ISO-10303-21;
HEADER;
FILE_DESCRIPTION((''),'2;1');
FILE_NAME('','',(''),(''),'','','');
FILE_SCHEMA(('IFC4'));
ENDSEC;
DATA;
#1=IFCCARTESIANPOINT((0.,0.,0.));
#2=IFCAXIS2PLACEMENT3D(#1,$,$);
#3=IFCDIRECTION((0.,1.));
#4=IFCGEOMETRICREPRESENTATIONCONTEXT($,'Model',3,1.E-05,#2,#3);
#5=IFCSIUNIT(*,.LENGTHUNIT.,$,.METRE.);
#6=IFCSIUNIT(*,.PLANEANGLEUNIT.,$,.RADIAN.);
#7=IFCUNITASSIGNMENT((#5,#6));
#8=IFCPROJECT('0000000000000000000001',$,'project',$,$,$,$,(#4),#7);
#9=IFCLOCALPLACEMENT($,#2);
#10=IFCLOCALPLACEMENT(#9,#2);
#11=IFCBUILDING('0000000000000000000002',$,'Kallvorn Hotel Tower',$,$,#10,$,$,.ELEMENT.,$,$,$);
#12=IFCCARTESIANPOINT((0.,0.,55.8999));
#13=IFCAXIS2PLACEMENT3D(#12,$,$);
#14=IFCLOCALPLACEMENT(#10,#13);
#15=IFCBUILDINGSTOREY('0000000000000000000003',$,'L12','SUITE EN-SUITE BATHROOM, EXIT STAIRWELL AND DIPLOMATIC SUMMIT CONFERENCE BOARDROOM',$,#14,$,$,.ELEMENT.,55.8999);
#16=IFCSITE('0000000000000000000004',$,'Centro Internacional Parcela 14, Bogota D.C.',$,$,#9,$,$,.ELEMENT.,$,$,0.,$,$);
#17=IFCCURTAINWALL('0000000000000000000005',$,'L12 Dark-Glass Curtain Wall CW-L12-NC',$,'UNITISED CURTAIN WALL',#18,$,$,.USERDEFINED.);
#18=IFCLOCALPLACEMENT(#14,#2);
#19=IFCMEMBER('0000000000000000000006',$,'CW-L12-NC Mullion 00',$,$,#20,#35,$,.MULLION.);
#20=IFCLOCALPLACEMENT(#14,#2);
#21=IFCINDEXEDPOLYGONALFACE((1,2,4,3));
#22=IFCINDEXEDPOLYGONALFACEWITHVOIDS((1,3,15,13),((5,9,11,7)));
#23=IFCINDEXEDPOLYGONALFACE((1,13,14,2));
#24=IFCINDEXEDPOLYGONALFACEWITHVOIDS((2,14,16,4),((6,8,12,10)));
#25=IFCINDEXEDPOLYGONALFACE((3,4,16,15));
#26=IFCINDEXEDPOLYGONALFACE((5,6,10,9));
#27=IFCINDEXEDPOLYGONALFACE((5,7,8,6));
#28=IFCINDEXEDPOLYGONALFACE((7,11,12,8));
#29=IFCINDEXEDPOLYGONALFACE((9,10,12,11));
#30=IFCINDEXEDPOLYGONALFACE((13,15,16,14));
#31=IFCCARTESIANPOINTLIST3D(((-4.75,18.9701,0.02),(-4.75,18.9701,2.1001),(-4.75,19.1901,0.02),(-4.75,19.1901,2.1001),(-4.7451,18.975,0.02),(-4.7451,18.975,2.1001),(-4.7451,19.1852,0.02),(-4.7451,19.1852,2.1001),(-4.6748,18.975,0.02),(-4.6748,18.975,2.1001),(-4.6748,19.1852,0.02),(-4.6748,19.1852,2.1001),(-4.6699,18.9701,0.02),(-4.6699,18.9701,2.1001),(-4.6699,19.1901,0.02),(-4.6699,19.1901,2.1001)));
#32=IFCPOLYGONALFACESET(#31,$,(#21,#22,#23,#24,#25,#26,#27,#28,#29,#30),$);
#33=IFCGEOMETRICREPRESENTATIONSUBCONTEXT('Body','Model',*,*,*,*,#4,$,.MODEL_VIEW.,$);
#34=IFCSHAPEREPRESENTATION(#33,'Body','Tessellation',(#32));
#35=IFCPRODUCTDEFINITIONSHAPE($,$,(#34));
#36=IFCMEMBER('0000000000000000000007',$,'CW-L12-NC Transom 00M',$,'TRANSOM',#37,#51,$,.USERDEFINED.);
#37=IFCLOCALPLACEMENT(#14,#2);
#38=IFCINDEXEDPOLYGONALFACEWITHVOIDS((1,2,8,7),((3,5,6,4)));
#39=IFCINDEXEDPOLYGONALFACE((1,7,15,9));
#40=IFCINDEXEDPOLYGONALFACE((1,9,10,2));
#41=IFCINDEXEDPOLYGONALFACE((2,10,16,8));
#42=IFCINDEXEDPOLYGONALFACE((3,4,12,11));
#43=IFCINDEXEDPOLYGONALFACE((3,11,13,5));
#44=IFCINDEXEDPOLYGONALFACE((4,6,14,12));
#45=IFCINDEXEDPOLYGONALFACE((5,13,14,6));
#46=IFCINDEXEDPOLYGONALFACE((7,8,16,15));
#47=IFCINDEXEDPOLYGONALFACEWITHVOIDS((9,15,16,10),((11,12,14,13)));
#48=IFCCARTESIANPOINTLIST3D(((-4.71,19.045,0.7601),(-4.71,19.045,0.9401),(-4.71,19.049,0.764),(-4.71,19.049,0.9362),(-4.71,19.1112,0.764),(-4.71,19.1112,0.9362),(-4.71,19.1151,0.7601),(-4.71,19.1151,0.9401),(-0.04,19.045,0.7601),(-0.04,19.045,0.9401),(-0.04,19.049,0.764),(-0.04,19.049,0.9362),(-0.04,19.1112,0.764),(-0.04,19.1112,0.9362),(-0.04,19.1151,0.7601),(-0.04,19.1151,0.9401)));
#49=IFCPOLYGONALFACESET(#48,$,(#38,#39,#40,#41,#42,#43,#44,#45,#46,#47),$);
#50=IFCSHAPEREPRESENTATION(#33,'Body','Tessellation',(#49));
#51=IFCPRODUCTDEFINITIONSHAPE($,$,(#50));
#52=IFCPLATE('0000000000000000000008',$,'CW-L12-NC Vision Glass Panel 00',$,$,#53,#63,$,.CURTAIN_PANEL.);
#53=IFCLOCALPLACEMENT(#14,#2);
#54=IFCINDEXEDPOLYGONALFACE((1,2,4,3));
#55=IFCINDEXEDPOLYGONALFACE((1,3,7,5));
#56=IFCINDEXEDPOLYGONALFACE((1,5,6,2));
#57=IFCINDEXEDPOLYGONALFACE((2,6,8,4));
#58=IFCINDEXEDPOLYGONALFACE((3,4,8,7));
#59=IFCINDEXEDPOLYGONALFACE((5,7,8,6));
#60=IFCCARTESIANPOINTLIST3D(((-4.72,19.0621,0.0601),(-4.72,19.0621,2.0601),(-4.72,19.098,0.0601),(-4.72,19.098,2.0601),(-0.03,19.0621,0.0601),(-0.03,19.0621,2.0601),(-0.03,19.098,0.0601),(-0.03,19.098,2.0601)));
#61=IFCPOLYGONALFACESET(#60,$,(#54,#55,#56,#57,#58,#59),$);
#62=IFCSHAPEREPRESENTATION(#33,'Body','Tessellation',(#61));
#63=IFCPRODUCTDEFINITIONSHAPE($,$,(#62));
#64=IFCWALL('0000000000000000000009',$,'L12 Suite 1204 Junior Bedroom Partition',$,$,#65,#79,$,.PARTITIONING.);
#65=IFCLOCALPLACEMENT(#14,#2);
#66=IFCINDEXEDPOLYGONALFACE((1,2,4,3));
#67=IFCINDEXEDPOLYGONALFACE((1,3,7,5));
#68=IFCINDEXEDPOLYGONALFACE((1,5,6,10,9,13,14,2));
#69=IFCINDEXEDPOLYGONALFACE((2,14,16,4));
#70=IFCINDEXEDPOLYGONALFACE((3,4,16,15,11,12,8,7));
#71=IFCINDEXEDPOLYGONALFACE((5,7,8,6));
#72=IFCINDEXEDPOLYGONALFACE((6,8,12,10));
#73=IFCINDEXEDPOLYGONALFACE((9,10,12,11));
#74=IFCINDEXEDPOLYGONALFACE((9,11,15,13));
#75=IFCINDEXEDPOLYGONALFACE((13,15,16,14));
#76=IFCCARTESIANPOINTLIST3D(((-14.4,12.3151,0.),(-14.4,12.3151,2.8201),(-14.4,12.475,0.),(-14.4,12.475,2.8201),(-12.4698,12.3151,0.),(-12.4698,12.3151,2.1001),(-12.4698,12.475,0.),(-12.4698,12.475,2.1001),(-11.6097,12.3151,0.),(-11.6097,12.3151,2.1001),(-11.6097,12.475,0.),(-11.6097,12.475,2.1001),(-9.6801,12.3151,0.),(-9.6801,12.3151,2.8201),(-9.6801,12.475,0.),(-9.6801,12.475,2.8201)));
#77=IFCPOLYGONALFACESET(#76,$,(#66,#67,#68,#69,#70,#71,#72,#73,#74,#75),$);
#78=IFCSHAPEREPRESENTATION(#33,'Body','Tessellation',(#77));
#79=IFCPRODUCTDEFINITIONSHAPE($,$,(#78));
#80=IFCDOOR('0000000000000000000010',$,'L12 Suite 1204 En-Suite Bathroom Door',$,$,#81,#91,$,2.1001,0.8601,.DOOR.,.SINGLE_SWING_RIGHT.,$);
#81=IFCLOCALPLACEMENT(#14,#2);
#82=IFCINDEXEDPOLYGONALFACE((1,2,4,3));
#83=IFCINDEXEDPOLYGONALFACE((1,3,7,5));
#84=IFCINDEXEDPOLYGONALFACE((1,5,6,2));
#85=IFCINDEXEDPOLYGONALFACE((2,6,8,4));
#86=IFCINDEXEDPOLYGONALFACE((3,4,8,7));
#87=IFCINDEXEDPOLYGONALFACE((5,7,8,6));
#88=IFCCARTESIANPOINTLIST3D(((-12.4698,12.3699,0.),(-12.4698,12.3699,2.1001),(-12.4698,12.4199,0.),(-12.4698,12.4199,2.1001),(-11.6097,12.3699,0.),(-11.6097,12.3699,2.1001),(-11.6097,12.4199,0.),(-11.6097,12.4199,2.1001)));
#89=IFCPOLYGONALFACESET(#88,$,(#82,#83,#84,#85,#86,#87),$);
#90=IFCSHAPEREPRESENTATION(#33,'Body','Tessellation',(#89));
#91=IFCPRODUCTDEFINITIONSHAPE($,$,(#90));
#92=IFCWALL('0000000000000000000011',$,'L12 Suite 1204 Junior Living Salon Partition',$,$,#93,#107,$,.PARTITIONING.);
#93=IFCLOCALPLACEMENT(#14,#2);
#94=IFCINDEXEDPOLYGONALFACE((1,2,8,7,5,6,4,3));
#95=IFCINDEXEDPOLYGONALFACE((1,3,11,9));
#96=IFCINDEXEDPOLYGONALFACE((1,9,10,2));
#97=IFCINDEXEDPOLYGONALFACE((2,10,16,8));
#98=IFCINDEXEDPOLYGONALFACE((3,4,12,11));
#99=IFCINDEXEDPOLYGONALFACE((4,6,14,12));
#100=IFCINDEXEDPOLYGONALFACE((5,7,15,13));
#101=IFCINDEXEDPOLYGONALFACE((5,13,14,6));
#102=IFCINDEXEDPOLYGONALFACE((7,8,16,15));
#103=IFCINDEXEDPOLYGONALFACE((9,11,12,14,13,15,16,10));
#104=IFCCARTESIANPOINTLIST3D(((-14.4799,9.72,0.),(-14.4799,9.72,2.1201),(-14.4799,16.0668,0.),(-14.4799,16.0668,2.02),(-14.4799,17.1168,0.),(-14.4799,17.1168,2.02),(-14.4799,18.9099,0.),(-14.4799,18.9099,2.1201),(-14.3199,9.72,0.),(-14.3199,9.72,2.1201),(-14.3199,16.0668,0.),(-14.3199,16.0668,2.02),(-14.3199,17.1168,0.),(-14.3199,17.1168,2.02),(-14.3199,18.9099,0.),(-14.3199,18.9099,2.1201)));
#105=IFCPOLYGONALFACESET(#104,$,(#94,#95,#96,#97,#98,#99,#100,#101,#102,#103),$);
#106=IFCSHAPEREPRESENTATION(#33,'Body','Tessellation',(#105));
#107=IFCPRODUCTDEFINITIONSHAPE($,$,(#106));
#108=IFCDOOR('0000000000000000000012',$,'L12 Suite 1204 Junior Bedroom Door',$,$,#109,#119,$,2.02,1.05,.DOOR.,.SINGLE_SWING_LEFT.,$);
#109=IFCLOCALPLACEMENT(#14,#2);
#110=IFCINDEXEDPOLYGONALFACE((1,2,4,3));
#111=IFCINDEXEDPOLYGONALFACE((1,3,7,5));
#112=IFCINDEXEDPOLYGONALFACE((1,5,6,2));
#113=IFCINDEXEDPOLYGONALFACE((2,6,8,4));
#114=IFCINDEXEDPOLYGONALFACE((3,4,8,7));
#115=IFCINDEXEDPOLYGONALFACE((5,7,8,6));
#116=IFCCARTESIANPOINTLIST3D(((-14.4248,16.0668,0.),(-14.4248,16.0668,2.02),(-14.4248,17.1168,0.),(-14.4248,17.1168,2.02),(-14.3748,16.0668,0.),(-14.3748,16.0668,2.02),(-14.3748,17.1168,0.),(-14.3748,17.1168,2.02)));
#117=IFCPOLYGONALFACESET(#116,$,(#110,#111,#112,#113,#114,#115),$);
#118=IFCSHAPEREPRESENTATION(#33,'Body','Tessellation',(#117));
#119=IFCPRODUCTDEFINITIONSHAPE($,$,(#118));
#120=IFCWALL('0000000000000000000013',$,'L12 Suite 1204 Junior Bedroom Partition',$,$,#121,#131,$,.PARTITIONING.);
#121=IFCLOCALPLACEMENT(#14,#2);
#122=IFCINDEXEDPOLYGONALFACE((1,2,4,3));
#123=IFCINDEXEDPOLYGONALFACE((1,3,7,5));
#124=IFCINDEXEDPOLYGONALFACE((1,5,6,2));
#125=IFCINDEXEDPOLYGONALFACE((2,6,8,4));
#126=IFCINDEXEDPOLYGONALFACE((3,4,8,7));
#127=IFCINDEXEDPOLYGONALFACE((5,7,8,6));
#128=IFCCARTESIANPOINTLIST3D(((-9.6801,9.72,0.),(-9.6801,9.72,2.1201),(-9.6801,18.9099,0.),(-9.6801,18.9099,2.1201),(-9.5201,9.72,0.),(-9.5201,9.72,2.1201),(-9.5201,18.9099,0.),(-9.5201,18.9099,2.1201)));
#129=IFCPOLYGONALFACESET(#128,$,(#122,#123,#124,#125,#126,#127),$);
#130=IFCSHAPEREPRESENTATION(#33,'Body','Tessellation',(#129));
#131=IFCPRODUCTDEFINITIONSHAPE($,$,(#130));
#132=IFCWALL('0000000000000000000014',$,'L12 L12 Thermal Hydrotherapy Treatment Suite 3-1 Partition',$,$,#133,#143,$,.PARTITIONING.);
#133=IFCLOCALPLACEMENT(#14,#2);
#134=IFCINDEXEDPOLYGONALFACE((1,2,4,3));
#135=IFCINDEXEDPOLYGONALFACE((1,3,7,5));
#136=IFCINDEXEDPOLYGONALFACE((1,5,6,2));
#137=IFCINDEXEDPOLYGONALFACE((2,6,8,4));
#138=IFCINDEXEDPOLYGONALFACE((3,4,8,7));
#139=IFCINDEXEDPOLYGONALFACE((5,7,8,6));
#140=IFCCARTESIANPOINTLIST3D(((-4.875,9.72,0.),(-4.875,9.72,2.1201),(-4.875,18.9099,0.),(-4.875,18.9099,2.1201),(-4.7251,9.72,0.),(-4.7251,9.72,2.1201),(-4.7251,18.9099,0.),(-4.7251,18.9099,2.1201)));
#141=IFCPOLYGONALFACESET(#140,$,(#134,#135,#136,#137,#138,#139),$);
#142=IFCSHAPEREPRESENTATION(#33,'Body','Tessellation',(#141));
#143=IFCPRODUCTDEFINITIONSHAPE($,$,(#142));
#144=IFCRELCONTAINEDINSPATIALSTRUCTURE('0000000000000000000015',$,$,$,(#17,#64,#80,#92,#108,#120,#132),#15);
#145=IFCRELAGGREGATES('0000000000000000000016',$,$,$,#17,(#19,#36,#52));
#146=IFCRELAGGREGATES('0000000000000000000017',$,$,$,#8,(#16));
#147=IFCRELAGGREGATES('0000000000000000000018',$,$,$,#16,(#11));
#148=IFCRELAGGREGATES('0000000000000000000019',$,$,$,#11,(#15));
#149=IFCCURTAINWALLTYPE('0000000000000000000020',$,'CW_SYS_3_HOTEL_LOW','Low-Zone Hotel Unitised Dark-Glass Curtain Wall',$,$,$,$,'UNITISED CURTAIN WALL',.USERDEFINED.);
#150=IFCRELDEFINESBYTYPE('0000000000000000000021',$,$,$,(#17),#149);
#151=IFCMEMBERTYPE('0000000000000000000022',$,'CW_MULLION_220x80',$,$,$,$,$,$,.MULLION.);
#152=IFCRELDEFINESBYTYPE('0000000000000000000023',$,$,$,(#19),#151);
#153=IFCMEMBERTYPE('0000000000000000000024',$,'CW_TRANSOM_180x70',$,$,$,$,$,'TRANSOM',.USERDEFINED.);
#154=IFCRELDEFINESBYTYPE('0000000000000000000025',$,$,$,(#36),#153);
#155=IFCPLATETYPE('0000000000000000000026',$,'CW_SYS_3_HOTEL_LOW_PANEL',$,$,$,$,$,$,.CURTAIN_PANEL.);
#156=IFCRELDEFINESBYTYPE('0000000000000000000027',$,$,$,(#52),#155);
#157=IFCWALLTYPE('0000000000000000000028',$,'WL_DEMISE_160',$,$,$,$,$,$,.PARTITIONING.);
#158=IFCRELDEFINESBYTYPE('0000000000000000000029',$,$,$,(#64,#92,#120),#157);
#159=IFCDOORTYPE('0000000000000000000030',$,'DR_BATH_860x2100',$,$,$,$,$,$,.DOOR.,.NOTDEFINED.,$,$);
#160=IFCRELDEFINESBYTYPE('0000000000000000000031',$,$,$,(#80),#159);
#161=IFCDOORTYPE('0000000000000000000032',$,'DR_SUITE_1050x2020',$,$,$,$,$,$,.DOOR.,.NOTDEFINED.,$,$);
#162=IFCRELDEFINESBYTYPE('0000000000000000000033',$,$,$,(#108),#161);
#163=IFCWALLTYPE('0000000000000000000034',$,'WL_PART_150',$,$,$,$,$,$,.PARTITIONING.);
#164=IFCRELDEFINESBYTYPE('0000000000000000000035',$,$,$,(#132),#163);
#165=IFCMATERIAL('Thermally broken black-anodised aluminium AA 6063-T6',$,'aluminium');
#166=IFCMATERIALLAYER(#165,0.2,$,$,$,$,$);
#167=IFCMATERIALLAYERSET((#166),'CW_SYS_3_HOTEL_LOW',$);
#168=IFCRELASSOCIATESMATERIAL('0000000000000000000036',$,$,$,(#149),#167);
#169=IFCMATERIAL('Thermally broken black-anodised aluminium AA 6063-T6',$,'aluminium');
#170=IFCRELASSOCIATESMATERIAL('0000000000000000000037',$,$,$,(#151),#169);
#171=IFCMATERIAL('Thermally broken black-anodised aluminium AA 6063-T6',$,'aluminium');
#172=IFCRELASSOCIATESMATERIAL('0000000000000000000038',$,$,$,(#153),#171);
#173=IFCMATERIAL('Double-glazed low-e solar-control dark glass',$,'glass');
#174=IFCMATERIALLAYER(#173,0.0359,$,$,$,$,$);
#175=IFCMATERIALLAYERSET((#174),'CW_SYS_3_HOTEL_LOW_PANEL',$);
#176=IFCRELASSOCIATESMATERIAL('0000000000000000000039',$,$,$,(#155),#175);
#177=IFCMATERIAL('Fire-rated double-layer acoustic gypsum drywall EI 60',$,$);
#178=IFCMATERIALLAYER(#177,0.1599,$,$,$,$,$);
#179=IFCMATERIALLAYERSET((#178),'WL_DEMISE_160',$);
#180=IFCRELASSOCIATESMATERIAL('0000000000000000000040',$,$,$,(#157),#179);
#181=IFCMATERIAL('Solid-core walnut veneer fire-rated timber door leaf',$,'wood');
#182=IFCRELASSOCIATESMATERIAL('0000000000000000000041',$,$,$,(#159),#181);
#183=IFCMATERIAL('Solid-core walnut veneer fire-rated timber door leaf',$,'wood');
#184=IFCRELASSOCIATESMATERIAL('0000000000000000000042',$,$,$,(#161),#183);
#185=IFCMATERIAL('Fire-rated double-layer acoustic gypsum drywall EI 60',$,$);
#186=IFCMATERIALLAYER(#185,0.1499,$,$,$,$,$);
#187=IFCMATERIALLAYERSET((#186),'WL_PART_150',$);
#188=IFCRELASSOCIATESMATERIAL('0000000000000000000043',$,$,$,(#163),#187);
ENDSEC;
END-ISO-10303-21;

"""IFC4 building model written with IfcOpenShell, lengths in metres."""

from ifc_helpers import new_model, si_unit, direction, frame, frame_2d, origin, origin_2d, place, context, subcontext, project, spatial, rectangle, hollow_rectangle, extrude, material, layer, layer_set, material_profile, profile_set, type_object, element, fill, aggregate, save


model = new_model("IFC4")

# Units and contexts
model_context = context("Model", 3, precision=1e-05, world=origin(), true_north=direction((0.0, 1.0)))
body_context = subcontext(model_context, "Body", "Model", "MODEL_VIEW")
ifc_project = project(units=[si_unit("LENGTHUNIT", "METRE"), si_unit("PLANEANGLEUNIT", "RADIAN")], contexts=[model_context])

# Site, building, storey
site_placement = place(None, origin())
site = spatial("IfcSite", under=ifc_project, at=site_placement, Name="Centro Internacional Parcela 14, Bogota D.C.", CompositionType="ELEMENT", RefElevation=0.0)
building_placement = place(site_placement, origin())
building = spatial("IfcBuilding", under=site, at=building_placement, Name="Kallvorn Hotel Tower", CompositionType="ELEMENT")
storey_placement = place(building_placement, frame((0.0, 0.0, 55.8999)))
storey = spatial("IfcBuildingStorey", under=building, at=storey_placement, Name="L12", Description="SUITE EN-SUITE BATHROOM, EXIT STAIRWELL AND DIPLOMATIC SUMMIT CONFERENCE BOARDROOM", CompositionType="ELEMENT", Elevation=55.8999)

# Curtain wall, members, plate
ifc_material_1 = material(Name="Thermally broken black-anodised aluminium AA 6063-T6", Category="aluminium")
ifc_layer_1 = layer(ifc_material_1, 0.2)
ifc_layer_set_1 = layer_set([ifc_layer_1], Name="CW_SYS_3_HOTEL_LOW")
curtain_wall_type = type_object("IfcCurtainWallType", Name="CW_SYS_3_HOTEL_LOW", Description="Low-Zone Hotel Unitised Dark-Glass Curtain Wall", ElementType="UNITISED CURTAIN WALL", PredefinedType="USERDEFINED", material=ifc_layer_set_1)
curtain_wall_placement = place(storey_placement, origin())
curtain_wall = element("IfcCurtainWall", 1, at=curtain_wall_placement, inside=storey, type_object=curtain_wall_type, Name="L12 Dark-Glass Curtain Wall CW-L12-NC", ObjectType="UNITISED CURTAIN WALL", PredefinedType="USERDEFINED")
ifc_material_2 = material(Name="Thermally broken black-anodised aluminium AA 6063-T6", Category="aluminium")
ifc_material_profile_1 = material_profile(ifc_material_2, hollow_rectangle(XDim=0.0801, YDim=0.22, WallThickness=0.0049, at=origin_2d()), Name="MUL 220x80")
ifc_profile_set_1 = profile_set([ifc_material_profile_1], Name="Thermally broken black-anodised aluminium AA 6063-T6")
member_type_1 = type_object("IfcMemberType", Name="CW_MULLION_220x80", PredefinedType="MULLION", material=ifc_profile_set_1)
member_1_placement = place(storey_placement, frame((-4.71, 19.0801, 0.02), z_axis=(0.0, 0.0, 1.0), x_axis=(1.0, 0.0, 0.0)))
member_1 = element("IfcMember", 2, at=member_1_placement, type_object=member_type_1, Name="CW-L12-NC Mullion 00", PredefinedType="MULLION", context=body_context, shape_type="SweptSolid", body=[
    extrude(hollow_rectangle(XDim=0.0801, YDim=0.22, WallThickness=0.0049, at=origin_2d()), origin(), (0.0, 0.0, 1.0), 2.0801),
])
ifc_material_3 = material(Name="Thermally broken black-anodised aluminium AA 6063-T6", Category="aluminium")
ifc_material_profile_2 = material_profile(ifc_material_3, hollow_rectangle(XDim=0.0701, YDim=0.1799, WallThickness=0.0039, at=origin_2d()), Name="TRN 180x70")
ifc_profile_set_2 = profile_set([ifc_material_profile_2], Name="Thermally broken black-anodised aluminium AA 6063-T6")
member_type_2 = type_object("IfcMemberType", Name="CW_TRANSOM_180x70", ElementType="TRANSOM", PredefinedType="USERDEFINED", material=ifc_profile_set_2)
member_2_placement = place(storey_placement, frame((-4.71, 19.0801, 0.8501), z_axis=(1.0, 0.0, 0.0), x_axis=(0.0, 1.0, 0.0)))
member_2 = element("IfcMember", 3, at=member_2_placement, type_object=member_type_2, Name="CW-L12-NC Transom 00M", ObjectType="TRANSOM", PredefinedType="USERDEFINED", context=body_context, shape_type="SweptSolid", body=[
    extrude(hollow_rectangle(XDim=0.0701, YDim=0.1799, WallThickness=0.0039, at=origin_2d()), origin(), (0.0, 0.0, 1.0), 4.6699),
])
ifc_material_4 = material(Name="Double-glazed low-e solar-control dark glass", Category="glass")
ifc_layer_2 = layer(ifc_material_4, 0.0359)
ifc_layer_set_2 = layer_set([ifc_layer_2], Name="CW_SYS_3_HOTEL_LOW_PANEL")
plate_type = type_object("IfcPlateType", Name="CW_SYS_3_HOTEL_LOW_PANEL", PredefinedType="CURTAIN_PANEL", material=ifc_layer_set_2)
plate_placement = place(storey_placement, frame((-2.375, 19.0801, 0.0601), z_axis=(0.0, 0.0, 1.0), x_axis=(1.0, 0.0, 0.0)))
plate = element("IfcPlate", 4, at=plate_placement, type_object=plate_type, Name="CW-L12-NC Vision Glass Panel 00", PredefinedType="CURTAIN_PANEL", context=body_context, shape_type="SweptSolid", body=[
    extrude(rectangle(XDim=4.6899, YDim=0.0359, at=origin_2d()), origin(), (0.0, 0.0, 1.0), 2.0),
])
aggregate(curtain_wall, [member_1, member_2, plate])

# Walls, openings, doors
ifc_material_5 = material(Name="Fire-rated double-layer acoustic gypsum drywall EI 60")
ifc_layer_3 = layer(ifc_material_5, 0.1599)
ifc_layer_set_3 = layer_set([ifc_layer_3], Name="WL_DEMISE_160")
wall_type_1 = type_object("IfcWallType", Name="WL_DEMISE_160", PredefinedType="PARTITIONING", material=ifc_layer_set_3)
wall_1_placement = place(storey_placement, frame((-14.3999, 12.395, 0.0), z_axis=(0.0, 0.0, 1.0), x_axis=(1.0, 0.0, 0.0)))
wall_1 = element("IfcWall", 5, at=wall_1_placement, inside=storey, type_object=wall_type_1, Name="L12 Suite 1204 Junior Bedroom Partition", PredefinedType="PARTITIONING", context=body_context, shape_type="SweptSolid", body=[
    extrude(rectangle(XDim=4.72, YDim=0.1599, at=frame_2d((2.3599, 0.0))), origin(), (0.0, 0.0, 1.0), 2.8201),
])
opening_1_placement = place(wall_1_placement, frame((1.9299, 0.0, 0.0)))
opening_1 = element("IfcOpeningElement", 6, at=opening_1_placement, cuts=wall_1, PredefinedType="OPENING", context=body_context, shape_type="SweptSolid", body=[
    extrude(rectangle(XDim=0.8601, YDim=2.1001, at=frame_2d((0.4302, 1.05))), frame((0.0, 0.095, 0.0), z_axis=(0.0, -1.0, 0.0), x_axis=(1.0, 0.0, 0.0)), (0.0, 0.0, 1.0), 0.1899),
])
ifc_material_6 = material(Name="Solid-core walnut veneer fire-rated timber door leaf", Category="wood")
door_type_1 = type_object("IfcDoorType", Name="DR_BATH_860x2100", OperationType="NOTDEFINED", PredefinedType="DOOR", material=ifc_material_6)
door_1_placement = place(opening_1_placement, origin())
door_1 = element("IfcDoor", 7, at=door_1_placement, inside=storey, type_object=door_type_1, Name="L12 Suite 1204 En-Suite Bathroom Door", OperationType="SINGLE_SWING_RIGHT", OverallHeight=2.1001, OverallWidth=0.8601, PredefinedType="DOOR", context=body_context, shape_type="SweptSolid", body=[
    extrude(rectangle(XDim=0.8601, YDim=2.1001, at=frame_2d((0.4302, 1.05))), frame((0.0, 0.0249, 0.0), z_axis=(0.0, -1.0, 0.0), x_axis=(1.0, 0.0, 0.0)), (0.0, 0.0, 1.0), 0.05),
])
fill(opening_1, door_1)
wall_2_placement = place(storey_placement, frame((-14.3999, 9.72, 0.0), z_axis=(0.0, 0.0, 1.0), x_axis=(0.0, 1.0, 0.0)))
wall_2 = element("IfcWall", 8, at=wall_2_placement, inside=storey, type_object=wall_type_1, Name="L12 Suite 1204 Junior Living Salon Partition", PredefinedType="PARTITIONING", context=body_context, shape_type="SweptSolid", body=[
    extrude(rectangle(XDim=9.1899, YDim=0.1599, at=frame_2d((4.595, 0.0))), origin(), (0.0, 0.0, 1.0), 2.1201),
])
opening_2_placement = place(wall_2_placement, frame((6.3469, 0.0, 0.0)))
opening_2 = element("IfcOpeningElement", 9, at=opening_2_placement, cuts=wall_2, PredefinedType="OPENING", context=body_context, shape_type="SweptSolid", body=[
    extrude(rectangle(XDim=1.05, YDim=2.02, at=frame_2d((0.5249, 1.01))), frame((0.0, 0.095, 0.0), z_axis=(0.0, -1.0, 0.0), x_axis=(1.0, 0.0, 0.0)), (0.0, 0.0, 1.0), 0.1899),
])
ifc_material_7 = material(Name="Solid-core walnut veneer fire-rated timber door leaf", Category="wood")
door_type_2 = type_object("IfcDoorType", Name="DR_SUITE_1050x2020", OperationType="NOTDEFINED", PredefinedType="DOOR", material=ifc_material_7)
door_2_placement = place(opening_2_placement, origin())
door_2 = element("IfcDoor", 10, at=door_2_placement, inside=storey, type_object=door_type_2, Name="L12 Suite 1204 Junior Bedroom Door", OperationType="SINGLE_SWING_LEFT", OverallHeight=2.02, OverallWidth=1.05, PredefinedType="DOOR", context=body_context, shape_type="SweptSolid", body=[
    extrude(rectangle(XDim=1.05, YDim=2.02, at=frame_2d((0.5249, 1.01))), frame((0.0, 0.0249, 0.0), z_axis=(0.0, -1.0, 0.0), x_axis=(1.0, 0.0, 0.0)), (0.0, 0.0, 1.0), 0.05),
])
fill(opening_2, door_2)

# Walls
wall_3_placement = place(storey_placement, frame((-9.6001, 9.72, 0.0), z_axis=(0.0, 0.0, 1.0), x_axis=(0.0, 1.0, 0.0)))
element("IfcWall", 11, at=wall_3_placement, inside=storey, type_object=wall_type_1, Name="L12 Suite 1204 Junior Bedroom Partition", PredefinedType="PARTITIONING", context=body_context, shape_type="SweptSolid", body=[
    extrude(rectangle(XDim=9.1899, YDim=0.1599, at=frame_2d((4.595, 0.0))), origin(), (0.0, 0.0, 1.0), 2.1201),
])
ifc_material_8 = material(Name="Fire-rated double-layer acoustic gypsum drywall EI 60")
ifc_layer_4 = layer(ifc_material_8, 0.1499)
ifc_layer_set_4 = layer_set([ifc_layer_4], Name="WL_PART_150")
wall_type_2 = type_object("IfcWallType", Name="WL_PART_150", PredefinedType="PARTITIONING", material=ifc_layer_set_4)
wall_4_placement = place(storey_placement, frame((-4.8, 9.72, 0.0), z_axis=(0.0, 0.0, 1.0), x_axis=(0.0, 1.0, 0.0)))
element("IfcWall", 12, at=wall_4_placement, inside=storey, type_object=wall_type_2, Name="L12 L12 Thermal Hydrotherapy Treatment Suite 3-1 Partition", PredefinedType="PARTITIONING", context=body_context, shape_type="SweptSolid", body=[
    extrude(rectangle(XDim=9.1899, YDim=0.1499, at=frame_2d((4.595, 0.0))), origin(), (0.0, 0.0, 1.0), 2.1201),
])

save(model, "model.ifc")
